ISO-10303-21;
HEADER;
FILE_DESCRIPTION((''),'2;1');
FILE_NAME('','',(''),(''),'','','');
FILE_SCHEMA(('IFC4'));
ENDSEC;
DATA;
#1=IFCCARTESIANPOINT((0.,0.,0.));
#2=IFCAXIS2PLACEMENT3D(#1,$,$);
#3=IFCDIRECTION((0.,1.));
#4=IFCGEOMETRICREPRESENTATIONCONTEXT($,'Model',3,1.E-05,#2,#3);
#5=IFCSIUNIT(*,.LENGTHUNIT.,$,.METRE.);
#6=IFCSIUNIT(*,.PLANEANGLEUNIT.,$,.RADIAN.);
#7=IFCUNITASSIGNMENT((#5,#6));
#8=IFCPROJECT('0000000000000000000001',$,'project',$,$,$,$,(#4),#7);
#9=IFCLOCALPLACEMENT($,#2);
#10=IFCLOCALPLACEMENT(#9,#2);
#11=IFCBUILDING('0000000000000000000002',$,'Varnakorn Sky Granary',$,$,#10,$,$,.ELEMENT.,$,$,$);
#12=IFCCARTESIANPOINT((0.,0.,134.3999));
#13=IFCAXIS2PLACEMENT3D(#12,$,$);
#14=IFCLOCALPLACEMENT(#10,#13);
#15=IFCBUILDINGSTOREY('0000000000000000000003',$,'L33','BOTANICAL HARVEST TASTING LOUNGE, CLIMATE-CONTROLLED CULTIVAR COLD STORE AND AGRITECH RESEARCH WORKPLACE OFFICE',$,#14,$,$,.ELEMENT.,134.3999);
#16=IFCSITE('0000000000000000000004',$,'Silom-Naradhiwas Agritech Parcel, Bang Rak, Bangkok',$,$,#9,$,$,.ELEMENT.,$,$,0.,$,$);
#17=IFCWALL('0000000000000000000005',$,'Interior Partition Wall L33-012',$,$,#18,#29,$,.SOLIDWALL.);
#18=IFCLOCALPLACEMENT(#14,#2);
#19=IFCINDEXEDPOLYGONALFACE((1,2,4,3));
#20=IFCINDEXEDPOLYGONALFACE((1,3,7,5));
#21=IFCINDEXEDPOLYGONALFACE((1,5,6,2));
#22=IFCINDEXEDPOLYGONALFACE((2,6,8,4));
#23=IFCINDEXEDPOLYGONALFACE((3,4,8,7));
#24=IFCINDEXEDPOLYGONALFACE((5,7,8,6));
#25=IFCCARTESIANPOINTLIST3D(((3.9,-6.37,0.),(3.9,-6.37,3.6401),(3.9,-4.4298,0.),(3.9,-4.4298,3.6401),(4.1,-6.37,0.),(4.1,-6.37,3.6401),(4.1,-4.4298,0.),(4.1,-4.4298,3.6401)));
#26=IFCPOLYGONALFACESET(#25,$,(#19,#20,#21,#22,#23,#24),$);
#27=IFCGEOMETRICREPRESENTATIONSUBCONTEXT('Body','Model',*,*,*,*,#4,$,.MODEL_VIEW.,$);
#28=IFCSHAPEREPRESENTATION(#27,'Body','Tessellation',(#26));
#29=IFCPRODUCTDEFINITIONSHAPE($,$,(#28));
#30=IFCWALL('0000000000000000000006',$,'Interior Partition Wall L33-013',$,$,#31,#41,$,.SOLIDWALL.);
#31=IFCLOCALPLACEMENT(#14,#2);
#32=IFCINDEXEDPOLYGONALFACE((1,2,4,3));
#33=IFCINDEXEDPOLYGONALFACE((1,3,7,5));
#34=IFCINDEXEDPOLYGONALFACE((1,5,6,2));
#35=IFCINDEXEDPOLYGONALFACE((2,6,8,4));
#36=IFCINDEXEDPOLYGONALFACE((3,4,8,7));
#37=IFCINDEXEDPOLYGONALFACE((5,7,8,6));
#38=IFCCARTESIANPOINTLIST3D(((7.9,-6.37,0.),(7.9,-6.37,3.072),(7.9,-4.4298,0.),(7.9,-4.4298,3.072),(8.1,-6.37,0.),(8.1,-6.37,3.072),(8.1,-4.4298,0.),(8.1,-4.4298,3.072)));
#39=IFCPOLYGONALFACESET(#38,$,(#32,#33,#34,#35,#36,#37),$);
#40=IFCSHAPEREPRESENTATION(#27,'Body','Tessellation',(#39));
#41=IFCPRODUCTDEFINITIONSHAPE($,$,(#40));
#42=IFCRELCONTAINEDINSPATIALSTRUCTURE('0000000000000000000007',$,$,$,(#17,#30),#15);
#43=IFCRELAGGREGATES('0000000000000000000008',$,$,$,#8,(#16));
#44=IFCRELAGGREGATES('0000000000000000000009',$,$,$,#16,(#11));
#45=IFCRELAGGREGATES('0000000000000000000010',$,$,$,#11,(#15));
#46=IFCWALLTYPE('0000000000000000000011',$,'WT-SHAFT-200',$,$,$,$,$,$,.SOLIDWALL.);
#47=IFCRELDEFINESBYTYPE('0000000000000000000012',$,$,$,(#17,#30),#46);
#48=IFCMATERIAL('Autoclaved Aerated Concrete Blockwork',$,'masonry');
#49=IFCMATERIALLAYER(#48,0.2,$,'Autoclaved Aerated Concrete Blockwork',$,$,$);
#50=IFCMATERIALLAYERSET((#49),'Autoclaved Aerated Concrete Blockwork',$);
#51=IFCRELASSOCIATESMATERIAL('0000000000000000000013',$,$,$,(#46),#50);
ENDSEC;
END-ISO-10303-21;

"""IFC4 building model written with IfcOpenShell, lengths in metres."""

from ifc_helpers import new_model, si_unit, direction, frame, frame_2d, origin, place, context, subcontext, project, spatial, rectangle, extrude, material, layer, layer_set, type_object, element, save


model = new_model("IFC4")

# Units and contexts
model_context = context("Model", 3, precision=1e-05, world=origin(), true_north=direction((0.0, 1.0)))
body_context = subcontext(model_context, "Body", "Model", "MODEL_VIEW")
ifc_project = project(units=[si_unit("LENGTHUNIT", "METRE"), si_unit("PLANEANGLEUNIT", "RADIAN")], contexts=[model_context])

# Site, building, storey
site_placement = place(None, origin())
site = spatial("IfcSite", under=ifc_project, at=site_placement, Name="Silom-Naradhiwas Agritech Parcel, Bang Rak, Bangkok", CompositionType="ELEMENT", RefElevation=0.0)
building_placement = place(site_placement, origin())
building = spatial("IfcBuilding", under=site, at=building_placement, Name="Varnakorn Sky Granary", CompositionType="ELEMENT")
storey_placement = place(building_placement, frame((0.0, 0.0, 134.3999)))
storey = spatial("IfcBuildingStorey", under=building, at=storey_placement, Name="L33", Description="BOTANICAL HARVEST TASTING LOUNGE, CLIMATE-CONTROLLED CULTIVAR COLD STORE AND AGRITECH RESEARCH WORKPLACE OFFICE", CompositionType="ELEMENT", Elevation=134.3999)

# Shared definitions
ifc_material_1 = material(Name="Autoclaved Aerated Concrete Blockwork", Category="masonry")

# Walls
ifc_layer_1 = layer(ifc_material_1, 0.2, Name="Autoclaved Aerated Concrete Blockwork")
ifc_layer_set_1 = layer_set([ifc_layer_1], Name="Autoclaved Aerated Concrete Blockwork")
wall_type_1 = type_object("IfcWallType", Name="WT-SHAFT-200", PredefinedType="SOLIDWALL", material=ifc_layer_set_1)
wall_1_placement = place(storey_placement, frame((4.0, -6.3701, 0.0), z_axis=(0.0, 0.0, 1.0), x_axis=(0.0, 1.0, 0.0)))
element("IfcWall", 1, at=wall_1_placement, inside=storey, type_object=wall_type_1, Name="Interior Partition Wall L33-012", PredefinedType="SOLIDWALL", context=body_context, shape_type="SweptSolid", body=[
    extrude(rectangle(XDim=1.9402, YDim=0.2, at=frame_2d((0.9702, 0.0))), origin(), (0.0, 0.0, 1.0), 3.6401),
])
wall_2_placement = place(storey_placement, frame((8.0, -6.3701, 0.0), z_axis=(0.0, 0.0, 1.0), x_axis=(0.0, 1.0, 0.0)))
element("IfcWall", 2, at=wall_2_placement, inside=storey, type_object=wall_type_1, Name="Interior Partition Wall L33-013", PredefinedType="SOLIDWALL", context=body_context, shape_type="SweptSolid", body=[
    extrude(rectangle(XDim=1.9402, YDim=0.2, at=frame_2d((0.9702, 0.0))), origin(), (0.0, 0.0, 1.0), 3.072),
])

save(model, "model.ifc")
